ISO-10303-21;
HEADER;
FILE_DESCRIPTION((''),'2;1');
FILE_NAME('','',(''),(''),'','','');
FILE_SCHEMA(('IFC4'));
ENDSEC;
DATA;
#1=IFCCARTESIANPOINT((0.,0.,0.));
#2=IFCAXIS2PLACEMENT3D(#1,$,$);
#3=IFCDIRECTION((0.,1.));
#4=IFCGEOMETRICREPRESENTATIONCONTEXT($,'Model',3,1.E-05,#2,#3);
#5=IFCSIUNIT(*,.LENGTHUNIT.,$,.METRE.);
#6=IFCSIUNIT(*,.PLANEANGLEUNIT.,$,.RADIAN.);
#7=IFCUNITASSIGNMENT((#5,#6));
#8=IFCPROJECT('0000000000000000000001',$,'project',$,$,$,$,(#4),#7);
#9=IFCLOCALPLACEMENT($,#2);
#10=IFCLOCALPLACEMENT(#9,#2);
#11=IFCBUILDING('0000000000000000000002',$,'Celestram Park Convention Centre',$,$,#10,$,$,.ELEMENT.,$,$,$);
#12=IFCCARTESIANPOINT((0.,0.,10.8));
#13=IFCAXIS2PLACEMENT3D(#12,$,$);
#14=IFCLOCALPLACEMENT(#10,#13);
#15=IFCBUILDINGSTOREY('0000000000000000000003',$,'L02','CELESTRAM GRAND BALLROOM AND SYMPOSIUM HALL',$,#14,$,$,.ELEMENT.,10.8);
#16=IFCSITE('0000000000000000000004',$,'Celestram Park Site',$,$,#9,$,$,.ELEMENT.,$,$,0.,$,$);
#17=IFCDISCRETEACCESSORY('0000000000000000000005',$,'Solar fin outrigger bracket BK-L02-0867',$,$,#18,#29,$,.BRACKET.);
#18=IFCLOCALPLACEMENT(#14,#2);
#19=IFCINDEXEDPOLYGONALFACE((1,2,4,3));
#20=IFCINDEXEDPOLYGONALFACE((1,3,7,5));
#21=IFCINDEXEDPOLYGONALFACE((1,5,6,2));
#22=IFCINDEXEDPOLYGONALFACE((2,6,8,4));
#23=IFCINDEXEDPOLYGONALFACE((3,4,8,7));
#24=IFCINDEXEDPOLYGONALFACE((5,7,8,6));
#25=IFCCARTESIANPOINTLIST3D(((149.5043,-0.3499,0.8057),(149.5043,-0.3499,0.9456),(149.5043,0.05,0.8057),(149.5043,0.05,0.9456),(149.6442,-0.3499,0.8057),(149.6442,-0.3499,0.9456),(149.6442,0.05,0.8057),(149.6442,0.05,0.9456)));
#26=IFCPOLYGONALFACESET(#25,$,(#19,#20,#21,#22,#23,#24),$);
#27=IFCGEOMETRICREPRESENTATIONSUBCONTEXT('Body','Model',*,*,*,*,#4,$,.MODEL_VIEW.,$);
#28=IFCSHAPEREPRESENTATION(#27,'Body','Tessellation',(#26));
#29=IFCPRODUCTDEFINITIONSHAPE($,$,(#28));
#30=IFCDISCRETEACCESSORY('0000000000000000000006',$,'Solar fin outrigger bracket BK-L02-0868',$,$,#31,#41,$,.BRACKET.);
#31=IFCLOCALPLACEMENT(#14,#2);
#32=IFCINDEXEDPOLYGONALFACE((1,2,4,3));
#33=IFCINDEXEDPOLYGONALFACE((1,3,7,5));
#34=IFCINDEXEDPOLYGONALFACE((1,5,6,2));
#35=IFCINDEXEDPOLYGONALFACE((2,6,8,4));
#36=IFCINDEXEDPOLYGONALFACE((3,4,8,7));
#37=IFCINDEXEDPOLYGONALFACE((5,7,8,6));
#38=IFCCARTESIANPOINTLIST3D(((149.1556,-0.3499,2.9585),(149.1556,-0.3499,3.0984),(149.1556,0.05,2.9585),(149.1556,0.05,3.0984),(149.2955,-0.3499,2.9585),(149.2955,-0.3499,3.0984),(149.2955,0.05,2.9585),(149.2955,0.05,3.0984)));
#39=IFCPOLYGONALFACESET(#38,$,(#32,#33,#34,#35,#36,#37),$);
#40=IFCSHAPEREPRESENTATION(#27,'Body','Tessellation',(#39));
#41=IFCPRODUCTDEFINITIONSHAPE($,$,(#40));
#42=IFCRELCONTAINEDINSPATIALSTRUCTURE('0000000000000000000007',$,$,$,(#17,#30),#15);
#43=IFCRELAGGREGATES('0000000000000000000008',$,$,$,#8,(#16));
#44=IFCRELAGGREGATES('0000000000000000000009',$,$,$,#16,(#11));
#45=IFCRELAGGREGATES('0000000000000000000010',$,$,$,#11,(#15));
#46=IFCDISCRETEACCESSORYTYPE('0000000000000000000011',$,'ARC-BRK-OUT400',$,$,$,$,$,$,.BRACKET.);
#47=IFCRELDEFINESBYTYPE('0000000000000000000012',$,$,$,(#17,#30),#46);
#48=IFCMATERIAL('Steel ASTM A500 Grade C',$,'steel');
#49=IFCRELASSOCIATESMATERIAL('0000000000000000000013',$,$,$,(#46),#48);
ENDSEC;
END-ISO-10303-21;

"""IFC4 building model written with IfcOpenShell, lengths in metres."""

from ifc_helpers import new_model, si_unit, direction, frame, origin, origin_2d, place, context, subcontext, project, spatial, rectangle, extrude, material, type_object, element, save


model = new_model("IFC4")

# Units and contexts
model_context = context("Model", 3, precision=1e-05, world=origin(), true_north=direction((0.0, 1.0)))
body_context = subcontext(model_context, "Body", "Model", "MODEL_VIEW")
ifc_project = project(units=[si_unit("LENGTHUNIT", "METRE"), si_unit("PLANEANGLEUNIT", "RADIAN")], contexts=[model_context])

# Site, building, storey
site_placement = place(None, origin())
site = spatial("IfcSite", under=ifc_project, at=site_placement, Name="Celestram Park Site", CompositionType="ELEMENT", RefElevation=0.0)
building_placement = place(site_placement, origin())
building = spatial("IfcBuilding", under=site, at=building_placement, Name="Celestram Park Convention Centre", CompositionType="ELEMENT")
storey_placement = place(building_placement, frame((0.0, 0.0, 10.8)))
storey = spatial("IfcBuildingStorey", under=building, at=storey_placement, Name="L02", Description="CELESTRAM GRAND BALLROOM AND SYMPOSIUM HALL", CompositionType="ELEMENT", Elevation=10.8)

# Discrete accessories
ifc_material_1 = material(Name="Steel ASTM A500 Grade C", Category="steel")
discrete_accessory_type = type_object("IfcDiscreteAccessoryType", Name="ARC-BRK-OUT400", PredefinedType="BRACKET", material=ifc_material_1)
for number, where, z_axis, x_axis, name in (
    (1, (149.5742, -0.1499, 0.8057), (0.0, 0.0, 1.0), (0.0, -1.0, 0.0), "Solar fin outrigger bracket BK-L02-0867"),
    (2, (149.2256, -0.1499, 2.9585), (0.0, 0.0, 1.0), (0.0, -1.0, 0.0), "Solar fin outrigger bracket BK-L02-0868"),
):
    element("IfcDiscreteAccessory", number, at=place(storey_placement, frame(where, z_axis=z_axis, x_axis=x_axis)), inside=storey, type_object=discrete_accessory_type, Name=name, PredefinedType="BRACKET", context=body_context, shape_type="SweptSolid", body=[
        extrude(rectangle(XDim=0.3999, YDim=0.1399, at=origin_2d()), origin(), (0.0, 0.0, 1.0), 0.1399),
    ])

save(model, "model.ifc")
